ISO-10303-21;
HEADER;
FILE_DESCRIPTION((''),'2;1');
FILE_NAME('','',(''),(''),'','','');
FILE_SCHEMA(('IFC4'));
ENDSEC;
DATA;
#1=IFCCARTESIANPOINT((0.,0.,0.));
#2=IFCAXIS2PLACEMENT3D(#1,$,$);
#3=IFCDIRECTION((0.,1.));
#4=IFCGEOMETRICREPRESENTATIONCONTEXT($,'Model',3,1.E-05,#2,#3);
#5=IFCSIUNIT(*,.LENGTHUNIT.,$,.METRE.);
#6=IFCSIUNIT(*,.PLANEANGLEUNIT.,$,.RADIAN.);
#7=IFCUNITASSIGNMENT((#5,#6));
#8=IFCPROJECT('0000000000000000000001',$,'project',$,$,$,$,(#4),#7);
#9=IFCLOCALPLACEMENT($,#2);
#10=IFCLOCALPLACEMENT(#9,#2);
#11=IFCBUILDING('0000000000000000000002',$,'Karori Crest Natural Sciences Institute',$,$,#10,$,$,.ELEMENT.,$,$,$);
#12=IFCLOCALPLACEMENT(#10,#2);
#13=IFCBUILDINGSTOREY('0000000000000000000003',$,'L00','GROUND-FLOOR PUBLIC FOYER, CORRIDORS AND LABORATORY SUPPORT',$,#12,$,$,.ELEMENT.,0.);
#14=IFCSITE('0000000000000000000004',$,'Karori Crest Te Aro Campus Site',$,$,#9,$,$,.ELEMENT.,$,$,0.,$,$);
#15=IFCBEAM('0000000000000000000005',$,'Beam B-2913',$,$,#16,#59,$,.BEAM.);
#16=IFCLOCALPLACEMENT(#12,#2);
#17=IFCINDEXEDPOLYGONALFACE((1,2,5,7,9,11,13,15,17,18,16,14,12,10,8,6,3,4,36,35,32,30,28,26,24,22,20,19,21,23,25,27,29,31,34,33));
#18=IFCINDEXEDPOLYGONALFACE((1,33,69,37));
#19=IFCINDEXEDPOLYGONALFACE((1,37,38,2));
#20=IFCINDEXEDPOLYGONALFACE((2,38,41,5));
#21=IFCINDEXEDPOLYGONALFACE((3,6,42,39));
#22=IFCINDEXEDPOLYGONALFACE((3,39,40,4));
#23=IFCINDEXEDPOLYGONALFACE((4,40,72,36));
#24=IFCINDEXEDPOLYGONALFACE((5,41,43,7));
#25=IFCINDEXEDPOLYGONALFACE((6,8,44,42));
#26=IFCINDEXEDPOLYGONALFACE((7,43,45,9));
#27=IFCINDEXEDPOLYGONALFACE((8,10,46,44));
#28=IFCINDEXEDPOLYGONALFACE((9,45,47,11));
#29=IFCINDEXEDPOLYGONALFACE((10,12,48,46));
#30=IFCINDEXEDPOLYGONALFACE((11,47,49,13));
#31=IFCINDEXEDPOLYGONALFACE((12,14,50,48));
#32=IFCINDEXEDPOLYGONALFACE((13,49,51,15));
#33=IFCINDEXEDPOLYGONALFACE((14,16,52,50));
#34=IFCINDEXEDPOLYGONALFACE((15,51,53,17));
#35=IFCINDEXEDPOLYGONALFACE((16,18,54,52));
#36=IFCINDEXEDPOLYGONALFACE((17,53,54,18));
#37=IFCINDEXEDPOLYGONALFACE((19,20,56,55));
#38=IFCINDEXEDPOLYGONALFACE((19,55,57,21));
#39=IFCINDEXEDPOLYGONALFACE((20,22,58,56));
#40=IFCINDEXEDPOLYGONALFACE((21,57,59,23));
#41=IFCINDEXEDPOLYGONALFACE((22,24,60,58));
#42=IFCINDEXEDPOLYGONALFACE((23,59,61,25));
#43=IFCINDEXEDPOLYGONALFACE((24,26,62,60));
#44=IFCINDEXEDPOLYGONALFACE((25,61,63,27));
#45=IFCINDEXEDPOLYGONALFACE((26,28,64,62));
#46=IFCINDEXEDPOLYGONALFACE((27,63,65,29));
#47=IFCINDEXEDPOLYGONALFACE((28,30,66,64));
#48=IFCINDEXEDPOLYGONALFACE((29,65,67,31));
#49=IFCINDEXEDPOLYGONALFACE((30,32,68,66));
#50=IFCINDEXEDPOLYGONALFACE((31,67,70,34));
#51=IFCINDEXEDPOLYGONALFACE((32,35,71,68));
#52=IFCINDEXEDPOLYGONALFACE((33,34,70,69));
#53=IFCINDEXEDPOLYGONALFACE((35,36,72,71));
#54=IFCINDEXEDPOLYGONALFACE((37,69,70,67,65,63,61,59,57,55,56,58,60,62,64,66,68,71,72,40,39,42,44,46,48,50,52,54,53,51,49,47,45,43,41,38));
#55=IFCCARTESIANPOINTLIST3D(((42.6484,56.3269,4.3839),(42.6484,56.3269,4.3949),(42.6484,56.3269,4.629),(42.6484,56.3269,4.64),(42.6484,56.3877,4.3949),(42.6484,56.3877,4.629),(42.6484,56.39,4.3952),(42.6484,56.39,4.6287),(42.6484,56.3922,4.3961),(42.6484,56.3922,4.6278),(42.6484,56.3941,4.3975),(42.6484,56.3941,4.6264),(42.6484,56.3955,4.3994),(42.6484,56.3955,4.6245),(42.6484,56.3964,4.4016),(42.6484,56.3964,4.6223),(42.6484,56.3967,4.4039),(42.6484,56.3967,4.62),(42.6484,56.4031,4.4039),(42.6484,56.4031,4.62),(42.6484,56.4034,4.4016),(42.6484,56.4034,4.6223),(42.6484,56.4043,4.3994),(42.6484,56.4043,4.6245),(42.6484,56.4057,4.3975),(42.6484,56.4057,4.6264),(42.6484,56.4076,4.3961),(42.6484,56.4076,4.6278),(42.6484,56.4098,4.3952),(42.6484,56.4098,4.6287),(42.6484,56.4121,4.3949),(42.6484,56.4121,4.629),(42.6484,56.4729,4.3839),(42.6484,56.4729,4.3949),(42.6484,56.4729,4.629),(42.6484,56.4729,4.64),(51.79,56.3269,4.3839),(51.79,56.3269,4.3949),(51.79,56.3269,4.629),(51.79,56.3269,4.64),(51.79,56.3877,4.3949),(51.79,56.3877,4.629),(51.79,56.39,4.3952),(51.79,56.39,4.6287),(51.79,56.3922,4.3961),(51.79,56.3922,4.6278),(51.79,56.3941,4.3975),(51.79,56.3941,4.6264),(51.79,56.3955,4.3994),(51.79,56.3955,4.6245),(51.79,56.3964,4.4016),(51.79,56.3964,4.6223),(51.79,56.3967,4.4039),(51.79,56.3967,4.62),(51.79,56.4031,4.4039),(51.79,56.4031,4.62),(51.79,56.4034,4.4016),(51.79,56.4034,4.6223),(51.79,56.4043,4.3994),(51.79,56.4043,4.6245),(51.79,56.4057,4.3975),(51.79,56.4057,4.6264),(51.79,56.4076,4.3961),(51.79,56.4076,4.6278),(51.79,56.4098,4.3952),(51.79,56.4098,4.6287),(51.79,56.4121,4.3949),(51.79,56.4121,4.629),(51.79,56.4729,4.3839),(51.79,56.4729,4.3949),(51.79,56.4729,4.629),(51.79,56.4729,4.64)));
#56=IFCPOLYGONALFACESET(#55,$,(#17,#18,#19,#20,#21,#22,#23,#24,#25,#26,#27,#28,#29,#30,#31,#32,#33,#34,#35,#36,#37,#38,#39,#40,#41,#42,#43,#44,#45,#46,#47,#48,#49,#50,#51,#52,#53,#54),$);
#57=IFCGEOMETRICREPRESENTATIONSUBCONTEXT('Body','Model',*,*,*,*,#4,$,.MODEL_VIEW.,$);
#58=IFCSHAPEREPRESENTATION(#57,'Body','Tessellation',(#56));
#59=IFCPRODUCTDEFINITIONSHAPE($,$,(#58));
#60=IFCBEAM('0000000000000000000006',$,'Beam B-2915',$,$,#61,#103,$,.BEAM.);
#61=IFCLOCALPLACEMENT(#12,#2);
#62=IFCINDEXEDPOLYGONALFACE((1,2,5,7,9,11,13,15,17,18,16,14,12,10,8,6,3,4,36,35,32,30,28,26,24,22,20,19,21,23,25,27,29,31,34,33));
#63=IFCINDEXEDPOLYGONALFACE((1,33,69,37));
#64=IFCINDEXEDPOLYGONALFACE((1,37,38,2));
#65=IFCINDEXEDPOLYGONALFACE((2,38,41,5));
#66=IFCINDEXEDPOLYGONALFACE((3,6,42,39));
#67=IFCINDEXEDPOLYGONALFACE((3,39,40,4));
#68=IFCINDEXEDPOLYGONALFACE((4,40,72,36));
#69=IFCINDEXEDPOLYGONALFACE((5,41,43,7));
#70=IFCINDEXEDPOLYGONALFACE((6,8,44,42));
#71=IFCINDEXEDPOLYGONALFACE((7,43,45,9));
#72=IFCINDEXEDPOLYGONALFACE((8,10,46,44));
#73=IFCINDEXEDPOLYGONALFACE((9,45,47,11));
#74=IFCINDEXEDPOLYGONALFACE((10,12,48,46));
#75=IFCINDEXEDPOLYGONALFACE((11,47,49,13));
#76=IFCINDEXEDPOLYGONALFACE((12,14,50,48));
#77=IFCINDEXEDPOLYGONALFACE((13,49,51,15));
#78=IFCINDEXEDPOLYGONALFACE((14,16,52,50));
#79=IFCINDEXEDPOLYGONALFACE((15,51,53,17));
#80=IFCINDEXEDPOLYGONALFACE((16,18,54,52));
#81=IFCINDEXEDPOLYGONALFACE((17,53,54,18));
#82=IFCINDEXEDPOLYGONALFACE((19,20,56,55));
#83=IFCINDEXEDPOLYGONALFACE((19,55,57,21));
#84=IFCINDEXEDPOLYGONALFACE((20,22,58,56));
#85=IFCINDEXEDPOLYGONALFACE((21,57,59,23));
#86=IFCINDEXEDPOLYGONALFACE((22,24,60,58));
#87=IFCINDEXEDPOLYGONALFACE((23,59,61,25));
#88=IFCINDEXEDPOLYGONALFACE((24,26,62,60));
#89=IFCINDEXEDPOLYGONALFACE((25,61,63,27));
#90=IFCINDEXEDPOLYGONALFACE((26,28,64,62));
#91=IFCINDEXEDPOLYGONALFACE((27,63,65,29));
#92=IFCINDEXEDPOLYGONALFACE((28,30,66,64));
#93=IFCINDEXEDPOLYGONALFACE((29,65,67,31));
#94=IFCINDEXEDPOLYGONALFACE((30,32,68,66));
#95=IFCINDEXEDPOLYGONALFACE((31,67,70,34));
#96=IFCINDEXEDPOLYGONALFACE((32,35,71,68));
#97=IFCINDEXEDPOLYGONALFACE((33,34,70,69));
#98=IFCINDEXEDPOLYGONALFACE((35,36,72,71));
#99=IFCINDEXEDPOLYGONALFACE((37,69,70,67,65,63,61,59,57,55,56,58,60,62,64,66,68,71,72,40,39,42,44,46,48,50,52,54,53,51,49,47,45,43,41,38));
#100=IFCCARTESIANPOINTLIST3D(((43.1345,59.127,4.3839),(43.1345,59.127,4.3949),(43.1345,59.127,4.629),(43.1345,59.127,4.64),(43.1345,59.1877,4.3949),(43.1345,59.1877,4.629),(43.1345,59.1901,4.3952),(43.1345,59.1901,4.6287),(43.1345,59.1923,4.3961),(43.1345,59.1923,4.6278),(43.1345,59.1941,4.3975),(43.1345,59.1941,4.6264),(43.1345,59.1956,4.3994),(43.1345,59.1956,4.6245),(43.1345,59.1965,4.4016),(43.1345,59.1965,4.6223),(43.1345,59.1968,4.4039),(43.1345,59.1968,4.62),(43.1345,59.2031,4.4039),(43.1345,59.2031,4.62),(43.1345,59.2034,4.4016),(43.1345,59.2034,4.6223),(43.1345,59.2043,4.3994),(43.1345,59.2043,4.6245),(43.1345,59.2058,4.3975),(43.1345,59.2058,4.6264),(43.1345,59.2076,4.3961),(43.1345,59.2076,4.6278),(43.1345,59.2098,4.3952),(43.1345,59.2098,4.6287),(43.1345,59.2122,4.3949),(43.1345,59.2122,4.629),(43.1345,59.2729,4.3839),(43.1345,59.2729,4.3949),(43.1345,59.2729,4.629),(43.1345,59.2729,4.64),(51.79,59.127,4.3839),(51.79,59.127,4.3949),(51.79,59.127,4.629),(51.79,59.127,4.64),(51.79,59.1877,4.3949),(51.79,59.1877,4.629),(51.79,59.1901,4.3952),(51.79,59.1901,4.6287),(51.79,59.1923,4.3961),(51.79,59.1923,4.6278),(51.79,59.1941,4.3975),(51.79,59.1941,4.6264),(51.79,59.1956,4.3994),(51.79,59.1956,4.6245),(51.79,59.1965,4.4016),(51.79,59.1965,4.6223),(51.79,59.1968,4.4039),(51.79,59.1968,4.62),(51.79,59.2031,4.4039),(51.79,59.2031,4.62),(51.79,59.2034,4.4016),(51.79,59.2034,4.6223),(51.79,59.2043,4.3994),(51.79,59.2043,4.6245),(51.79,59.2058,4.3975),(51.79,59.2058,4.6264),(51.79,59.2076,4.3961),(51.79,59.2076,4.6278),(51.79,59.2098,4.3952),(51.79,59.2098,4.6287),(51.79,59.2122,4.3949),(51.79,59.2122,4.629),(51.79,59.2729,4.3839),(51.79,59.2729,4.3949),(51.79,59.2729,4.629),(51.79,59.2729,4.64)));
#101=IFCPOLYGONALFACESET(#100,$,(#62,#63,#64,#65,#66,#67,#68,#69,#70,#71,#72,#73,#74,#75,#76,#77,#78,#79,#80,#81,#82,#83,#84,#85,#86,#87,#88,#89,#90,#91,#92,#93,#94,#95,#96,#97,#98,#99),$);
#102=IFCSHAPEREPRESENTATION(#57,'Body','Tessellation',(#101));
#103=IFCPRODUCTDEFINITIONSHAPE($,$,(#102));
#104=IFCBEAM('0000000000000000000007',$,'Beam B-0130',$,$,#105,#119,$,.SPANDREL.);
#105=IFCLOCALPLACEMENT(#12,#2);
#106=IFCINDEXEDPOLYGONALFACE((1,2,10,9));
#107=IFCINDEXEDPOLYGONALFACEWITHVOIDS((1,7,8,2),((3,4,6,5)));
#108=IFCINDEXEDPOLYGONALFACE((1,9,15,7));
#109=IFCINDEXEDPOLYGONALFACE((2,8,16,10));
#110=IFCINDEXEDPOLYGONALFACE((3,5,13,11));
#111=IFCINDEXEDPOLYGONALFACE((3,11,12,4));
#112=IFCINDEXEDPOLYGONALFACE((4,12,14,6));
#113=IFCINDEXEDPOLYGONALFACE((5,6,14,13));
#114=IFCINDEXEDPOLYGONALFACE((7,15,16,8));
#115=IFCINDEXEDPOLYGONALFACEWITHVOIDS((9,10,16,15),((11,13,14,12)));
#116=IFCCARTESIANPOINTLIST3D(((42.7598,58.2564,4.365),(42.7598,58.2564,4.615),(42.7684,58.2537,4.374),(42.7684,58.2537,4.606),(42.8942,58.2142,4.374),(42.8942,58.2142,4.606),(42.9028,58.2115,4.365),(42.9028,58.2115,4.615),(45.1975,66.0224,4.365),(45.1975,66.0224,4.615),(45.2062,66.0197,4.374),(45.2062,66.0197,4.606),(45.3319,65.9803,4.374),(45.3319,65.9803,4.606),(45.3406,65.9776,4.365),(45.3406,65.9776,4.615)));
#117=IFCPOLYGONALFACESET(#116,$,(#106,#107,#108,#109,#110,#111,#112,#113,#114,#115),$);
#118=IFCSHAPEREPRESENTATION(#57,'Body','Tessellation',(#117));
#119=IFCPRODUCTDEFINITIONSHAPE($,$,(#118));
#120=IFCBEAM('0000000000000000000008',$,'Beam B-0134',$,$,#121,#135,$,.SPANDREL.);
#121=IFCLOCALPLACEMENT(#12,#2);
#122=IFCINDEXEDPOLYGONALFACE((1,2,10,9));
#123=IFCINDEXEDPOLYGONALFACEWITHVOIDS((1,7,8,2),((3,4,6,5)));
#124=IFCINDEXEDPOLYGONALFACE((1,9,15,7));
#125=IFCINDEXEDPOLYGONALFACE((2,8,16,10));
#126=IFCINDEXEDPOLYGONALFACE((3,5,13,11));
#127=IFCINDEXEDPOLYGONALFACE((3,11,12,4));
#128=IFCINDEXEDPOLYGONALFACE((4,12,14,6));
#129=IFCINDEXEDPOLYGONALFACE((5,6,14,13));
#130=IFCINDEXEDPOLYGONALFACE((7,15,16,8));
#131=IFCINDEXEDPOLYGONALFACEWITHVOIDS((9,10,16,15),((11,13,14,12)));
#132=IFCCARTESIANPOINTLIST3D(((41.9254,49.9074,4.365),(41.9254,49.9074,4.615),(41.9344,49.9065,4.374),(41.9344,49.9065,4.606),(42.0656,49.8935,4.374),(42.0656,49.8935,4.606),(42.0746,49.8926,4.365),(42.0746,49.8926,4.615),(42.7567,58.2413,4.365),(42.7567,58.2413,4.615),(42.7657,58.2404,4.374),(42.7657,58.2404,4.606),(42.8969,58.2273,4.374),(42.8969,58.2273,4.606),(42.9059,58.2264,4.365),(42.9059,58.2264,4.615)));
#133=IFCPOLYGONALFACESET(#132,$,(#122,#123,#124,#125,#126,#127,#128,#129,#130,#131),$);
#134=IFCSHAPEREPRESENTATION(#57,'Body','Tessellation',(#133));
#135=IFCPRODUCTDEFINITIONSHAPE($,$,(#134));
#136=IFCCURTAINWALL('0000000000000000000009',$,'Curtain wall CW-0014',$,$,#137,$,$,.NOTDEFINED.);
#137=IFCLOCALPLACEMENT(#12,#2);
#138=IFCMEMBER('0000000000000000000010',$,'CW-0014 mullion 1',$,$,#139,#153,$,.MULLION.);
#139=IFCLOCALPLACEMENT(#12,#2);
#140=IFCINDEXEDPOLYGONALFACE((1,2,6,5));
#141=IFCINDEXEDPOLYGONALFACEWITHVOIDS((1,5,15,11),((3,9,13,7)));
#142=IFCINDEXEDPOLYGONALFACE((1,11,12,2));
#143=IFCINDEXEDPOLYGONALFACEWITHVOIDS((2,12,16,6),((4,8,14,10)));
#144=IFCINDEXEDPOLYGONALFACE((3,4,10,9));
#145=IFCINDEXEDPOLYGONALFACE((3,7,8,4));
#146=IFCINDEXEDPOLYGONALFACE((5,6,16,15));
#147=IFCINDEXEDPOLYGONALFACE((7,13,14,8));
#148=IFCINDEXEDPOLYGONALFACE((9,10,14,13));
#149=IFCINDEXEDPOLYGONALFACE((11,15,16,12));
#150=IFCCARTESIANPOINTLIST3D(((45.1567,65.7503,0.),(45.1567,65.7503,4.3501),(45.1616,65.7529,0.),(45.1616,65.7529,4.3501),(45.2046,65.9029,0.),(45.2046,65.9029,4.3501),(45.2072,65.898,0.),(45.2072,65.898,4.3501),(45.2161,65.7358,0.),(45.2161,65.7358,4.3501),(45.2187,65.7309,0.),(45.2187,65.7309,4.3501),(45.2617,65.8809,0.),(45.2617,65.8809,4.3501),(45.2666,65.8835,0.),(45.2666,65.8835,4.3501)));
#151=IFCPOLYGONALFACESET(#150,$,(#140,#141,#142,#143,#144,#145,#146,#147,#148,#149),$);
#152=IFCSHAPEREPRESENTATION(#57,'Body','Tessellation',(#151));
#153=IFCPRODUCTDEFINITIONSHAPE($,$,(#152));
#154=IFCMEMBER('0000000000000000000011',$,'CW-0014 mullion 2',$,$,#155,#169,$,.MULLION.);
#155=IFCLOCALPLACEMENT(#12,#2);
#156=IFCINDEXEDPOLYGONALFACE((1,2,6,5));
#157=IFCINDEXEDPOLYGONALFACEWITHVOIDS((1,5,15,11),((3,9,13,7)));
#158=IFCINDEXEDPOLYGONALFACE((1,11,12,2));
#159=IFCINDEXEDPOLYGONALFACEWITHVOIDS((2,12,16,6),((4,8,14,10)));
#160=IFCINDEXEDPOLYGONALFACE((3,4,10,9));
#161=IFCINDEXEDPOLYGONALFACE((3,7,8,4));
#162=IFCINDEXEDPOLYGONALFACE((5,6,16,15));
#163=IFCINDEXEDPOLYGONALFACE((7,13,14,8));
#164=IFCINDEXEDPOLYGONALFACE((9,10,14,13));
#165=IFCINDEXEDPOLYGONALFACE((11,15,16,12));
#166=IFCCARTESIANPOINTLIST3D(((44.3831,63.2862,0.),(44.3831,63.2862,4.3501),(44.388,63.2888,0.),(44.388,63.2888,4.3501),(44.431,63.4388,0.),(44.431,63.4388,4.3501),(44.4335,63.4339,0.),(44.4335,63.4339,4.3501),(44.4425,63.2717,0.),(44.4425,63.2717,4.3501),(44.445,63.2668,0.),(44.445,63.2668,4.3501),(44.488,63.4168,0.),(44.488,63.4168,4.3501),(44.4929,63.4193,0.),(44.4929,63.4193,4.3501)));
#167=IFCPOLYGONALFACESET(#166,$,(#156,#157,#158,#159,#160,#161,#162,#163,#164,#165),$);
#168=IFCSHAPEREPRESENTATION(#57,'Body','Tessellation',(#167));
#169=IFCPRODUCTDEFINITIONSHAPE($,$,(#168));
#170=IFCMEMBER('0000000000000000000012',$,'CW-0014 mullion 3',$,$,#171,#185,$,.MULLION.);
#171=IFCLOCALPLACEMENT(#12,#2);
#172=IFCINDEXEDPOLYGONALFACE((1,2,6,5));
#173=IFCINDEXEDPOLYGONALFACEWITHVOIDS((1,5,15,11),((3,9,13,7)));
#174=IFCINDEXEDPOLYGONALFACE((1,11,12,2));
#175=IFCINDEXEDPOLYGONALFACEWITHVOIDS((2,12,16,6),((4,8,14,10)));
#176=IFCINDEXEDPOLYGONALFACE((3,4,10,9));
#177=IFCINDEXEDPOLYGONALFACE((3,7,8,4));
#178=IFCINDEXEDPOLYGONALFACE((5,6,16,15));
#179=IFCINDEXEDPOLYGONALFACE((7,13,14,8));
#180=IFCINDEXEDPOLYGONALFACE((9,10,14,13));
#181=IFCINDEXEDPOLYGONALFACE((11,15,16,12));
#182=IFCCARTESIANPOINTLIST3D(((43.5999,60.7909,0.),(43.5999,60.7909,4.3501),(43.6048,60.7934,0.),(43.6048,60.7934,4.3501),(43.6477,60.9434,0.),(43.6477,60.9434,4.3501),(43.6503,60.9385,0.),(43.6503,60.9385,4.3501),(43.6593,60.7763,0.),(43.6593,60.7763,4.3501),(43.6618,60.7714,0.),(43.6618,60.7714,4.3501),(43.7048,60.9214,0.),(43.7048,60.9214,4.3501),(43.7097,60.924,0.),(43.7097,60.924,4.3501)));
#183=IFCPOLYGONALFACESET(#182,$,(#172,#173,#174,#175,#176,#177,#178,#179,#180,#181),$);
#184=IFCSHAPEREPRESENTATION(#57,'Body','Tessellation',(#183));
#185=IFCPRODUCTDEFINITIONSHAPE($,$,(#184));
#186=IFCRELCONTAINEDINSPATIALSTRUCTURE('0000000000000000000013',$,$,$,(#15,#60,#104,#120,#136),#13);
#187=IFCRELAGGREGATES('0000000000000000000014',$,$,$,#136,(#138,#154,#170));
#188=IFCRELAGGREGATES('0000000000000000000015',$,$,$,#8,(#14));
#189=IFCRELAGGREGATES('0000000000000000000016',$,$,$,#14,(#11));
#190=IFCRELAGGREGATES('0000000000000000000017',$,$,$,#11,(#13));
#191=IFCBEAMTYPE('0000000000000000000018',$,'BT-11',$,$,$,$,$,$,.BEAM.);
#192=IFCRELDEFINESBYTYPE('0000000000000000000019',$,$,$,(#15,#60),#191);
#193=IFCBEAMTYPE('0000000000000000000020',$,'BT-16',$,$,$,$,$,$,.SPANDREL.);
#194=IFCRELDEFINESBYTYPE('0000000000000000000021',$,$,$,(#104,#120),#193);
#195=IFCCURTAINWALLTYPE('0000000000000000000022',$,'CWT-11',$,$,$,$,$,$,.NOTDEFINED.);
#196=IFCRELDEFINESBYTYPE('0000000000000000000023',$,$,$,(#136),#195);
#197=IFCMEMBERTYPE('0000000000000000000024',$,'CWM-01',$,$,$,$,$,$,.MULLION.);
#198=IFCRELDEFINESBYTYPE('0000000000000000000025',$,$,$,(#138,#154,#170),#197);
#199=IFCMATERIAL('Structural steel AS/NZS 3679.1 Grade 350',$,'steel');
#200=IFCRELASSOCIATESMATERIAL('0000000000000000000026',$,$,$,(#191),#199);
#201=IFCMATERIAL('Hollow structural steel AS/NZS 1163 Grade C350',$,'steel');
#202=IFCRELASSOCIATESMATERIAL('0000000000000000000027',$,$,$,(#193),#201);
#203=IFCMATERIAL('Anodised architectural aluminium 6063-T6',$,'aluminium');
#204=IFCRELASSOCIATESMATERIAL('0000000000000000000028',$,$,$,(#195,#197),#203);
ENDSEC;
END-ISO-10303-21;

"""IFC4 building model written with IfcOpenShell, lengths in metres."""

from ifc_helpers import new_model, si_unit, direction, frame, origin, origin_2d, place, context, subcontext, project, spatial, hollow_rectangle, i_section, extrude, material, material_profile, profile_set, type_object, element, aggregate, save


model = new_model("IFC4")

# Units and contexts
model_context = context("Model", 3, precision=1e-05, world=origin(), true_north=direction((0.0, 1.0)))
body_context = subcontext(model_context, "Body", "Model", "MODEL_VIEW")
ifc_project = project(units=[si_unit("LENGTHUNIT", "METRE"), si_unit("PLANEANGLEUNIT", "RADIAN")], contexts=[model_context])

# Site, building, storey
site_placement = place(None, origin())
site = spatial("IfcSite", under=ifc_project, at=site_placement, Name="Karori Crest Te Aro Campus Site", CompositionType="ELEMENT", RefElevation=0.0)
building_placement = place(site_placement, origin())
building = spatial("IfcBuilding", under=site, at=building_placement, Name="Karori Crest Natural Sciences Institute", CompositionType="ELEMENT")
storey_placement = place(building_placement, origin())
storey = spatial("IfcBuildingStorey", under=building, at=storey_placement, Name="L00", Description="GROUND-FLOOR PUBLIC FOYER, CORRIDORS AND LABORATORY SUPPORT", CompositionType="ELEMENT", Elevation=0.0)

# Shared definitions
ifc_material_1 = material(Name="Hollow structural steel AS/NZS 1163 Grade C350", Category="steel")
ifc_material_2 = material(Name="Structural steel AS/NZS 3679.1 Grade 350", Category="steel")

# Beams
ifc_material_profile_1 = material_profile(ifc_material_2, i_section(OverallWidth=0.146, OverallDepth=0.2561, WebThickness=0.0063, FlangeThickness=0.011, FilletRadius=0.009, at=origin_2d()), Name="250UB37.3")
ifc_profile_set_1 = profile_set([ifc_material_profile_1], Name="Structural steel AS/NZS 3679.1 Grade 350")
beam_type_1 = type_object("IfcBeamType", Name="BT-11", PredefinedType="BEAM", material=ifc_profile_set_1)
beam_1_placement = place(storey_placement, frame((42.6484, 56.3999, 4.512), z_axis=(1.0, 0.0, 0.0), x_axis=(0.0, 1.0, 0.0)))
element("IfcBeam", 1, at=beam_1_placement, inside=storey, type_object=beam_type_1, Name="Beam B-2913", PredefinedType="BEAM", context=body_context, shape_type="SweptSolid", body=[
    extrude(i_section(OverallWidth=0.146, OverallDepth=0.2561, WebThickness=0.0063, FlangeThickness=0.011, FilletRadius=0.009, at=origin_2d()), origin(), (0.0, 0.0, 1.0), 9.1416),
])
beam_2_placement = place(storey_placement, frame((43.1345, 59.2, 4.512), z_axis=(1.0, 0.0, 0.0), x_axis=(0.0, 1.0, 0.0)))
element("IfcBeam", 2, at=beam_2_placement, inside=storey, type_object=beam_type_1, Name="Beam B-2915", PredefinedType="BEAM", context=body_context, shape_type="SweptSolid", body=[
    extrude(i_section(OverallWidth=0.146, OverallDepth=0.2561, WebThickness=0.0063, FlangeThickness=0.011, FilletRadius=0.009, at=origin_2d()), origin(), (0.0, 0.0, 1.0), 8.6555),
])
ifc_material_profile_2 = material_profile(ifc_material_1, hollow_rectangle(XDim=0.1499, YDim=0.25, WallThickness=0.009, at=origin_2d()), Name="RHS250x150x9")
ifc_profile_set_2 = profile_set([ifc_material_profile_2], Name="Hollow structural steel AS/NZS 1163 Grade C350")
beam_type_2 = type_object("IfcBeamType", Name="BT-16", PredefinedType="SPANDREL", material=ifc_profile_set_2)
beam_3_placement = place(storey_placement, frame((45.269, 66.0, 4.49), z_axis=(-0.299487, -0.9541, 0.0), x_axis=(0.9541, -0.299487, 0.0)))
element("IfcBeam", 3, at=beam_3_placement, inside=storey, type_object=beam_type_2, Name="Beam B-0130", PredefinedType="SPANDREL", context=body_context, shape_type="SweptSolid", body=[
    extrude(hollow_rectangle(XDim=0.1499, YDim=0.25, WallThickness=0.009, at=origin_2d()), origin(), (0.0, 0.0, 1.0), 8.1396),
])
beam_4_placement = place(storey_placement, frame((42.8313, 58.2339, 4.49), z_axis=(-0.099256, -0.995062, 0.0), x_axis=(0.995062, -0.099256, 0.0)))
element("IfcBeam", 4, at=beam_4_placement, inside=storey, type_object=beam_type_2, Name="Beam B-0134", PredefinedType="SPANDREL", context=body_context, shape_type="SweptSolid", body=[
    extrude(hollow_rectangle(XDim=0.1499, YDim=0.25, WallThickness=0.009, at=origin_2d()), origin(), (0.0, 0.0, 1.0), 8.3752),
])

# Curtain wall, members
ifc_material_3 = material(Name="Anodised architectural aluminium 6063-T6", Category="aluminium")
curtain_wall_type_1 = type_object("IfcCurtainWallType", Name="CWT-11", PredefinedType="NOTDEFINED", material=ifc_material_3)
curtain_wall_1_placement = place(storey_placement, origin())
curtain_wall_1 = element("IfcCurtainWall", 5, at=curtain_wall_1_placement, inside=storey, type_object=curtain_wall_type_1, Name="Curtain wall CW-0014", PredefinedType="NOTDEFINED")
ifc_material_profile_3 = material_profile(ifc_material_3, hollow_rectangle(XDim=0.0649, YDim=0.1599, WallThickness=0.0039, at=origin_2d()), Name="CWM160x65x4")
ifc_profile_set_3 = profile_set([ifc_material_profile_3], Name="Anodised architectural aluminium 6063-T6")
member_type_1 = type_object("IfcMemberType", Name="CWM-01", PredefinedType="MULLION", material=ifc_profile_set_3)
member_1_placement = place(storey_placement, frame((45.2117, 65.8169, 0.0), z_axis=(0.0, 0.0, 1.0), x_axis=(0.954104, -0.299477, 0.0)))
member_1 = element("IfcMember", 6, at=member_1_placement, type_object=member_type_1, Name="CW-0014 mullion 1", PredefinedType="MULLION", context=body_context, shape_type="SweptSolid", body=[
    extrude(hollow_rectangle(XDim=0.0649, YDim=0.1599, WallThickness=0.0039, at=origin_2d()), origin(), (0.0, 0.0, 1.0), 4.3501),
])
member_2_placement = place(storey_placement, frame((44.438, 63.3528, 0.0), z_axis=(0.0, 0.0, 1.0), x_axis=(0.954104, -0.299477, 0.0)))
member_2 = element("IfcMember", 7, at=member_2_placement, type_object=member_type_1, Name="CW-0014 mullion 2", PredefinedType="MULLION", context=body_context, shape_type="SweptSolid", body=[
    extrude(hollow_rectangle(XDim=0.0649, YDim=0.1599, WallThickness=0.0039, at=origin_2d()), origin(), (0.0, 0.0, 1.0), 4.3501),
])
member_3_placement = place(storey_placement, frame((43.6548, 60.8574, 0.0), z_axis=(0.0, 0.0, 1.0), x_axis=(0.954104, -0.299477, 0.0)))
member_3 = element("IfcMember", 8, at=member_3_placement, type_object=member_type_1, Name="CW-0014 mullion 3", PredefinedType="MULLION", context=body_context, shape_type="SweptSolid", body=[
    extrude(hollow_rectangle(XDim=0.0649, YDim=0.1599, WallThickness=0.0039, at=origin_2d()), origin(), (0.0, 0.0, 1.0), 4.3501),
])

aggregate(curtain_wall_1, [member_1, member_2, member_3])

save(model, "model.ifc")
